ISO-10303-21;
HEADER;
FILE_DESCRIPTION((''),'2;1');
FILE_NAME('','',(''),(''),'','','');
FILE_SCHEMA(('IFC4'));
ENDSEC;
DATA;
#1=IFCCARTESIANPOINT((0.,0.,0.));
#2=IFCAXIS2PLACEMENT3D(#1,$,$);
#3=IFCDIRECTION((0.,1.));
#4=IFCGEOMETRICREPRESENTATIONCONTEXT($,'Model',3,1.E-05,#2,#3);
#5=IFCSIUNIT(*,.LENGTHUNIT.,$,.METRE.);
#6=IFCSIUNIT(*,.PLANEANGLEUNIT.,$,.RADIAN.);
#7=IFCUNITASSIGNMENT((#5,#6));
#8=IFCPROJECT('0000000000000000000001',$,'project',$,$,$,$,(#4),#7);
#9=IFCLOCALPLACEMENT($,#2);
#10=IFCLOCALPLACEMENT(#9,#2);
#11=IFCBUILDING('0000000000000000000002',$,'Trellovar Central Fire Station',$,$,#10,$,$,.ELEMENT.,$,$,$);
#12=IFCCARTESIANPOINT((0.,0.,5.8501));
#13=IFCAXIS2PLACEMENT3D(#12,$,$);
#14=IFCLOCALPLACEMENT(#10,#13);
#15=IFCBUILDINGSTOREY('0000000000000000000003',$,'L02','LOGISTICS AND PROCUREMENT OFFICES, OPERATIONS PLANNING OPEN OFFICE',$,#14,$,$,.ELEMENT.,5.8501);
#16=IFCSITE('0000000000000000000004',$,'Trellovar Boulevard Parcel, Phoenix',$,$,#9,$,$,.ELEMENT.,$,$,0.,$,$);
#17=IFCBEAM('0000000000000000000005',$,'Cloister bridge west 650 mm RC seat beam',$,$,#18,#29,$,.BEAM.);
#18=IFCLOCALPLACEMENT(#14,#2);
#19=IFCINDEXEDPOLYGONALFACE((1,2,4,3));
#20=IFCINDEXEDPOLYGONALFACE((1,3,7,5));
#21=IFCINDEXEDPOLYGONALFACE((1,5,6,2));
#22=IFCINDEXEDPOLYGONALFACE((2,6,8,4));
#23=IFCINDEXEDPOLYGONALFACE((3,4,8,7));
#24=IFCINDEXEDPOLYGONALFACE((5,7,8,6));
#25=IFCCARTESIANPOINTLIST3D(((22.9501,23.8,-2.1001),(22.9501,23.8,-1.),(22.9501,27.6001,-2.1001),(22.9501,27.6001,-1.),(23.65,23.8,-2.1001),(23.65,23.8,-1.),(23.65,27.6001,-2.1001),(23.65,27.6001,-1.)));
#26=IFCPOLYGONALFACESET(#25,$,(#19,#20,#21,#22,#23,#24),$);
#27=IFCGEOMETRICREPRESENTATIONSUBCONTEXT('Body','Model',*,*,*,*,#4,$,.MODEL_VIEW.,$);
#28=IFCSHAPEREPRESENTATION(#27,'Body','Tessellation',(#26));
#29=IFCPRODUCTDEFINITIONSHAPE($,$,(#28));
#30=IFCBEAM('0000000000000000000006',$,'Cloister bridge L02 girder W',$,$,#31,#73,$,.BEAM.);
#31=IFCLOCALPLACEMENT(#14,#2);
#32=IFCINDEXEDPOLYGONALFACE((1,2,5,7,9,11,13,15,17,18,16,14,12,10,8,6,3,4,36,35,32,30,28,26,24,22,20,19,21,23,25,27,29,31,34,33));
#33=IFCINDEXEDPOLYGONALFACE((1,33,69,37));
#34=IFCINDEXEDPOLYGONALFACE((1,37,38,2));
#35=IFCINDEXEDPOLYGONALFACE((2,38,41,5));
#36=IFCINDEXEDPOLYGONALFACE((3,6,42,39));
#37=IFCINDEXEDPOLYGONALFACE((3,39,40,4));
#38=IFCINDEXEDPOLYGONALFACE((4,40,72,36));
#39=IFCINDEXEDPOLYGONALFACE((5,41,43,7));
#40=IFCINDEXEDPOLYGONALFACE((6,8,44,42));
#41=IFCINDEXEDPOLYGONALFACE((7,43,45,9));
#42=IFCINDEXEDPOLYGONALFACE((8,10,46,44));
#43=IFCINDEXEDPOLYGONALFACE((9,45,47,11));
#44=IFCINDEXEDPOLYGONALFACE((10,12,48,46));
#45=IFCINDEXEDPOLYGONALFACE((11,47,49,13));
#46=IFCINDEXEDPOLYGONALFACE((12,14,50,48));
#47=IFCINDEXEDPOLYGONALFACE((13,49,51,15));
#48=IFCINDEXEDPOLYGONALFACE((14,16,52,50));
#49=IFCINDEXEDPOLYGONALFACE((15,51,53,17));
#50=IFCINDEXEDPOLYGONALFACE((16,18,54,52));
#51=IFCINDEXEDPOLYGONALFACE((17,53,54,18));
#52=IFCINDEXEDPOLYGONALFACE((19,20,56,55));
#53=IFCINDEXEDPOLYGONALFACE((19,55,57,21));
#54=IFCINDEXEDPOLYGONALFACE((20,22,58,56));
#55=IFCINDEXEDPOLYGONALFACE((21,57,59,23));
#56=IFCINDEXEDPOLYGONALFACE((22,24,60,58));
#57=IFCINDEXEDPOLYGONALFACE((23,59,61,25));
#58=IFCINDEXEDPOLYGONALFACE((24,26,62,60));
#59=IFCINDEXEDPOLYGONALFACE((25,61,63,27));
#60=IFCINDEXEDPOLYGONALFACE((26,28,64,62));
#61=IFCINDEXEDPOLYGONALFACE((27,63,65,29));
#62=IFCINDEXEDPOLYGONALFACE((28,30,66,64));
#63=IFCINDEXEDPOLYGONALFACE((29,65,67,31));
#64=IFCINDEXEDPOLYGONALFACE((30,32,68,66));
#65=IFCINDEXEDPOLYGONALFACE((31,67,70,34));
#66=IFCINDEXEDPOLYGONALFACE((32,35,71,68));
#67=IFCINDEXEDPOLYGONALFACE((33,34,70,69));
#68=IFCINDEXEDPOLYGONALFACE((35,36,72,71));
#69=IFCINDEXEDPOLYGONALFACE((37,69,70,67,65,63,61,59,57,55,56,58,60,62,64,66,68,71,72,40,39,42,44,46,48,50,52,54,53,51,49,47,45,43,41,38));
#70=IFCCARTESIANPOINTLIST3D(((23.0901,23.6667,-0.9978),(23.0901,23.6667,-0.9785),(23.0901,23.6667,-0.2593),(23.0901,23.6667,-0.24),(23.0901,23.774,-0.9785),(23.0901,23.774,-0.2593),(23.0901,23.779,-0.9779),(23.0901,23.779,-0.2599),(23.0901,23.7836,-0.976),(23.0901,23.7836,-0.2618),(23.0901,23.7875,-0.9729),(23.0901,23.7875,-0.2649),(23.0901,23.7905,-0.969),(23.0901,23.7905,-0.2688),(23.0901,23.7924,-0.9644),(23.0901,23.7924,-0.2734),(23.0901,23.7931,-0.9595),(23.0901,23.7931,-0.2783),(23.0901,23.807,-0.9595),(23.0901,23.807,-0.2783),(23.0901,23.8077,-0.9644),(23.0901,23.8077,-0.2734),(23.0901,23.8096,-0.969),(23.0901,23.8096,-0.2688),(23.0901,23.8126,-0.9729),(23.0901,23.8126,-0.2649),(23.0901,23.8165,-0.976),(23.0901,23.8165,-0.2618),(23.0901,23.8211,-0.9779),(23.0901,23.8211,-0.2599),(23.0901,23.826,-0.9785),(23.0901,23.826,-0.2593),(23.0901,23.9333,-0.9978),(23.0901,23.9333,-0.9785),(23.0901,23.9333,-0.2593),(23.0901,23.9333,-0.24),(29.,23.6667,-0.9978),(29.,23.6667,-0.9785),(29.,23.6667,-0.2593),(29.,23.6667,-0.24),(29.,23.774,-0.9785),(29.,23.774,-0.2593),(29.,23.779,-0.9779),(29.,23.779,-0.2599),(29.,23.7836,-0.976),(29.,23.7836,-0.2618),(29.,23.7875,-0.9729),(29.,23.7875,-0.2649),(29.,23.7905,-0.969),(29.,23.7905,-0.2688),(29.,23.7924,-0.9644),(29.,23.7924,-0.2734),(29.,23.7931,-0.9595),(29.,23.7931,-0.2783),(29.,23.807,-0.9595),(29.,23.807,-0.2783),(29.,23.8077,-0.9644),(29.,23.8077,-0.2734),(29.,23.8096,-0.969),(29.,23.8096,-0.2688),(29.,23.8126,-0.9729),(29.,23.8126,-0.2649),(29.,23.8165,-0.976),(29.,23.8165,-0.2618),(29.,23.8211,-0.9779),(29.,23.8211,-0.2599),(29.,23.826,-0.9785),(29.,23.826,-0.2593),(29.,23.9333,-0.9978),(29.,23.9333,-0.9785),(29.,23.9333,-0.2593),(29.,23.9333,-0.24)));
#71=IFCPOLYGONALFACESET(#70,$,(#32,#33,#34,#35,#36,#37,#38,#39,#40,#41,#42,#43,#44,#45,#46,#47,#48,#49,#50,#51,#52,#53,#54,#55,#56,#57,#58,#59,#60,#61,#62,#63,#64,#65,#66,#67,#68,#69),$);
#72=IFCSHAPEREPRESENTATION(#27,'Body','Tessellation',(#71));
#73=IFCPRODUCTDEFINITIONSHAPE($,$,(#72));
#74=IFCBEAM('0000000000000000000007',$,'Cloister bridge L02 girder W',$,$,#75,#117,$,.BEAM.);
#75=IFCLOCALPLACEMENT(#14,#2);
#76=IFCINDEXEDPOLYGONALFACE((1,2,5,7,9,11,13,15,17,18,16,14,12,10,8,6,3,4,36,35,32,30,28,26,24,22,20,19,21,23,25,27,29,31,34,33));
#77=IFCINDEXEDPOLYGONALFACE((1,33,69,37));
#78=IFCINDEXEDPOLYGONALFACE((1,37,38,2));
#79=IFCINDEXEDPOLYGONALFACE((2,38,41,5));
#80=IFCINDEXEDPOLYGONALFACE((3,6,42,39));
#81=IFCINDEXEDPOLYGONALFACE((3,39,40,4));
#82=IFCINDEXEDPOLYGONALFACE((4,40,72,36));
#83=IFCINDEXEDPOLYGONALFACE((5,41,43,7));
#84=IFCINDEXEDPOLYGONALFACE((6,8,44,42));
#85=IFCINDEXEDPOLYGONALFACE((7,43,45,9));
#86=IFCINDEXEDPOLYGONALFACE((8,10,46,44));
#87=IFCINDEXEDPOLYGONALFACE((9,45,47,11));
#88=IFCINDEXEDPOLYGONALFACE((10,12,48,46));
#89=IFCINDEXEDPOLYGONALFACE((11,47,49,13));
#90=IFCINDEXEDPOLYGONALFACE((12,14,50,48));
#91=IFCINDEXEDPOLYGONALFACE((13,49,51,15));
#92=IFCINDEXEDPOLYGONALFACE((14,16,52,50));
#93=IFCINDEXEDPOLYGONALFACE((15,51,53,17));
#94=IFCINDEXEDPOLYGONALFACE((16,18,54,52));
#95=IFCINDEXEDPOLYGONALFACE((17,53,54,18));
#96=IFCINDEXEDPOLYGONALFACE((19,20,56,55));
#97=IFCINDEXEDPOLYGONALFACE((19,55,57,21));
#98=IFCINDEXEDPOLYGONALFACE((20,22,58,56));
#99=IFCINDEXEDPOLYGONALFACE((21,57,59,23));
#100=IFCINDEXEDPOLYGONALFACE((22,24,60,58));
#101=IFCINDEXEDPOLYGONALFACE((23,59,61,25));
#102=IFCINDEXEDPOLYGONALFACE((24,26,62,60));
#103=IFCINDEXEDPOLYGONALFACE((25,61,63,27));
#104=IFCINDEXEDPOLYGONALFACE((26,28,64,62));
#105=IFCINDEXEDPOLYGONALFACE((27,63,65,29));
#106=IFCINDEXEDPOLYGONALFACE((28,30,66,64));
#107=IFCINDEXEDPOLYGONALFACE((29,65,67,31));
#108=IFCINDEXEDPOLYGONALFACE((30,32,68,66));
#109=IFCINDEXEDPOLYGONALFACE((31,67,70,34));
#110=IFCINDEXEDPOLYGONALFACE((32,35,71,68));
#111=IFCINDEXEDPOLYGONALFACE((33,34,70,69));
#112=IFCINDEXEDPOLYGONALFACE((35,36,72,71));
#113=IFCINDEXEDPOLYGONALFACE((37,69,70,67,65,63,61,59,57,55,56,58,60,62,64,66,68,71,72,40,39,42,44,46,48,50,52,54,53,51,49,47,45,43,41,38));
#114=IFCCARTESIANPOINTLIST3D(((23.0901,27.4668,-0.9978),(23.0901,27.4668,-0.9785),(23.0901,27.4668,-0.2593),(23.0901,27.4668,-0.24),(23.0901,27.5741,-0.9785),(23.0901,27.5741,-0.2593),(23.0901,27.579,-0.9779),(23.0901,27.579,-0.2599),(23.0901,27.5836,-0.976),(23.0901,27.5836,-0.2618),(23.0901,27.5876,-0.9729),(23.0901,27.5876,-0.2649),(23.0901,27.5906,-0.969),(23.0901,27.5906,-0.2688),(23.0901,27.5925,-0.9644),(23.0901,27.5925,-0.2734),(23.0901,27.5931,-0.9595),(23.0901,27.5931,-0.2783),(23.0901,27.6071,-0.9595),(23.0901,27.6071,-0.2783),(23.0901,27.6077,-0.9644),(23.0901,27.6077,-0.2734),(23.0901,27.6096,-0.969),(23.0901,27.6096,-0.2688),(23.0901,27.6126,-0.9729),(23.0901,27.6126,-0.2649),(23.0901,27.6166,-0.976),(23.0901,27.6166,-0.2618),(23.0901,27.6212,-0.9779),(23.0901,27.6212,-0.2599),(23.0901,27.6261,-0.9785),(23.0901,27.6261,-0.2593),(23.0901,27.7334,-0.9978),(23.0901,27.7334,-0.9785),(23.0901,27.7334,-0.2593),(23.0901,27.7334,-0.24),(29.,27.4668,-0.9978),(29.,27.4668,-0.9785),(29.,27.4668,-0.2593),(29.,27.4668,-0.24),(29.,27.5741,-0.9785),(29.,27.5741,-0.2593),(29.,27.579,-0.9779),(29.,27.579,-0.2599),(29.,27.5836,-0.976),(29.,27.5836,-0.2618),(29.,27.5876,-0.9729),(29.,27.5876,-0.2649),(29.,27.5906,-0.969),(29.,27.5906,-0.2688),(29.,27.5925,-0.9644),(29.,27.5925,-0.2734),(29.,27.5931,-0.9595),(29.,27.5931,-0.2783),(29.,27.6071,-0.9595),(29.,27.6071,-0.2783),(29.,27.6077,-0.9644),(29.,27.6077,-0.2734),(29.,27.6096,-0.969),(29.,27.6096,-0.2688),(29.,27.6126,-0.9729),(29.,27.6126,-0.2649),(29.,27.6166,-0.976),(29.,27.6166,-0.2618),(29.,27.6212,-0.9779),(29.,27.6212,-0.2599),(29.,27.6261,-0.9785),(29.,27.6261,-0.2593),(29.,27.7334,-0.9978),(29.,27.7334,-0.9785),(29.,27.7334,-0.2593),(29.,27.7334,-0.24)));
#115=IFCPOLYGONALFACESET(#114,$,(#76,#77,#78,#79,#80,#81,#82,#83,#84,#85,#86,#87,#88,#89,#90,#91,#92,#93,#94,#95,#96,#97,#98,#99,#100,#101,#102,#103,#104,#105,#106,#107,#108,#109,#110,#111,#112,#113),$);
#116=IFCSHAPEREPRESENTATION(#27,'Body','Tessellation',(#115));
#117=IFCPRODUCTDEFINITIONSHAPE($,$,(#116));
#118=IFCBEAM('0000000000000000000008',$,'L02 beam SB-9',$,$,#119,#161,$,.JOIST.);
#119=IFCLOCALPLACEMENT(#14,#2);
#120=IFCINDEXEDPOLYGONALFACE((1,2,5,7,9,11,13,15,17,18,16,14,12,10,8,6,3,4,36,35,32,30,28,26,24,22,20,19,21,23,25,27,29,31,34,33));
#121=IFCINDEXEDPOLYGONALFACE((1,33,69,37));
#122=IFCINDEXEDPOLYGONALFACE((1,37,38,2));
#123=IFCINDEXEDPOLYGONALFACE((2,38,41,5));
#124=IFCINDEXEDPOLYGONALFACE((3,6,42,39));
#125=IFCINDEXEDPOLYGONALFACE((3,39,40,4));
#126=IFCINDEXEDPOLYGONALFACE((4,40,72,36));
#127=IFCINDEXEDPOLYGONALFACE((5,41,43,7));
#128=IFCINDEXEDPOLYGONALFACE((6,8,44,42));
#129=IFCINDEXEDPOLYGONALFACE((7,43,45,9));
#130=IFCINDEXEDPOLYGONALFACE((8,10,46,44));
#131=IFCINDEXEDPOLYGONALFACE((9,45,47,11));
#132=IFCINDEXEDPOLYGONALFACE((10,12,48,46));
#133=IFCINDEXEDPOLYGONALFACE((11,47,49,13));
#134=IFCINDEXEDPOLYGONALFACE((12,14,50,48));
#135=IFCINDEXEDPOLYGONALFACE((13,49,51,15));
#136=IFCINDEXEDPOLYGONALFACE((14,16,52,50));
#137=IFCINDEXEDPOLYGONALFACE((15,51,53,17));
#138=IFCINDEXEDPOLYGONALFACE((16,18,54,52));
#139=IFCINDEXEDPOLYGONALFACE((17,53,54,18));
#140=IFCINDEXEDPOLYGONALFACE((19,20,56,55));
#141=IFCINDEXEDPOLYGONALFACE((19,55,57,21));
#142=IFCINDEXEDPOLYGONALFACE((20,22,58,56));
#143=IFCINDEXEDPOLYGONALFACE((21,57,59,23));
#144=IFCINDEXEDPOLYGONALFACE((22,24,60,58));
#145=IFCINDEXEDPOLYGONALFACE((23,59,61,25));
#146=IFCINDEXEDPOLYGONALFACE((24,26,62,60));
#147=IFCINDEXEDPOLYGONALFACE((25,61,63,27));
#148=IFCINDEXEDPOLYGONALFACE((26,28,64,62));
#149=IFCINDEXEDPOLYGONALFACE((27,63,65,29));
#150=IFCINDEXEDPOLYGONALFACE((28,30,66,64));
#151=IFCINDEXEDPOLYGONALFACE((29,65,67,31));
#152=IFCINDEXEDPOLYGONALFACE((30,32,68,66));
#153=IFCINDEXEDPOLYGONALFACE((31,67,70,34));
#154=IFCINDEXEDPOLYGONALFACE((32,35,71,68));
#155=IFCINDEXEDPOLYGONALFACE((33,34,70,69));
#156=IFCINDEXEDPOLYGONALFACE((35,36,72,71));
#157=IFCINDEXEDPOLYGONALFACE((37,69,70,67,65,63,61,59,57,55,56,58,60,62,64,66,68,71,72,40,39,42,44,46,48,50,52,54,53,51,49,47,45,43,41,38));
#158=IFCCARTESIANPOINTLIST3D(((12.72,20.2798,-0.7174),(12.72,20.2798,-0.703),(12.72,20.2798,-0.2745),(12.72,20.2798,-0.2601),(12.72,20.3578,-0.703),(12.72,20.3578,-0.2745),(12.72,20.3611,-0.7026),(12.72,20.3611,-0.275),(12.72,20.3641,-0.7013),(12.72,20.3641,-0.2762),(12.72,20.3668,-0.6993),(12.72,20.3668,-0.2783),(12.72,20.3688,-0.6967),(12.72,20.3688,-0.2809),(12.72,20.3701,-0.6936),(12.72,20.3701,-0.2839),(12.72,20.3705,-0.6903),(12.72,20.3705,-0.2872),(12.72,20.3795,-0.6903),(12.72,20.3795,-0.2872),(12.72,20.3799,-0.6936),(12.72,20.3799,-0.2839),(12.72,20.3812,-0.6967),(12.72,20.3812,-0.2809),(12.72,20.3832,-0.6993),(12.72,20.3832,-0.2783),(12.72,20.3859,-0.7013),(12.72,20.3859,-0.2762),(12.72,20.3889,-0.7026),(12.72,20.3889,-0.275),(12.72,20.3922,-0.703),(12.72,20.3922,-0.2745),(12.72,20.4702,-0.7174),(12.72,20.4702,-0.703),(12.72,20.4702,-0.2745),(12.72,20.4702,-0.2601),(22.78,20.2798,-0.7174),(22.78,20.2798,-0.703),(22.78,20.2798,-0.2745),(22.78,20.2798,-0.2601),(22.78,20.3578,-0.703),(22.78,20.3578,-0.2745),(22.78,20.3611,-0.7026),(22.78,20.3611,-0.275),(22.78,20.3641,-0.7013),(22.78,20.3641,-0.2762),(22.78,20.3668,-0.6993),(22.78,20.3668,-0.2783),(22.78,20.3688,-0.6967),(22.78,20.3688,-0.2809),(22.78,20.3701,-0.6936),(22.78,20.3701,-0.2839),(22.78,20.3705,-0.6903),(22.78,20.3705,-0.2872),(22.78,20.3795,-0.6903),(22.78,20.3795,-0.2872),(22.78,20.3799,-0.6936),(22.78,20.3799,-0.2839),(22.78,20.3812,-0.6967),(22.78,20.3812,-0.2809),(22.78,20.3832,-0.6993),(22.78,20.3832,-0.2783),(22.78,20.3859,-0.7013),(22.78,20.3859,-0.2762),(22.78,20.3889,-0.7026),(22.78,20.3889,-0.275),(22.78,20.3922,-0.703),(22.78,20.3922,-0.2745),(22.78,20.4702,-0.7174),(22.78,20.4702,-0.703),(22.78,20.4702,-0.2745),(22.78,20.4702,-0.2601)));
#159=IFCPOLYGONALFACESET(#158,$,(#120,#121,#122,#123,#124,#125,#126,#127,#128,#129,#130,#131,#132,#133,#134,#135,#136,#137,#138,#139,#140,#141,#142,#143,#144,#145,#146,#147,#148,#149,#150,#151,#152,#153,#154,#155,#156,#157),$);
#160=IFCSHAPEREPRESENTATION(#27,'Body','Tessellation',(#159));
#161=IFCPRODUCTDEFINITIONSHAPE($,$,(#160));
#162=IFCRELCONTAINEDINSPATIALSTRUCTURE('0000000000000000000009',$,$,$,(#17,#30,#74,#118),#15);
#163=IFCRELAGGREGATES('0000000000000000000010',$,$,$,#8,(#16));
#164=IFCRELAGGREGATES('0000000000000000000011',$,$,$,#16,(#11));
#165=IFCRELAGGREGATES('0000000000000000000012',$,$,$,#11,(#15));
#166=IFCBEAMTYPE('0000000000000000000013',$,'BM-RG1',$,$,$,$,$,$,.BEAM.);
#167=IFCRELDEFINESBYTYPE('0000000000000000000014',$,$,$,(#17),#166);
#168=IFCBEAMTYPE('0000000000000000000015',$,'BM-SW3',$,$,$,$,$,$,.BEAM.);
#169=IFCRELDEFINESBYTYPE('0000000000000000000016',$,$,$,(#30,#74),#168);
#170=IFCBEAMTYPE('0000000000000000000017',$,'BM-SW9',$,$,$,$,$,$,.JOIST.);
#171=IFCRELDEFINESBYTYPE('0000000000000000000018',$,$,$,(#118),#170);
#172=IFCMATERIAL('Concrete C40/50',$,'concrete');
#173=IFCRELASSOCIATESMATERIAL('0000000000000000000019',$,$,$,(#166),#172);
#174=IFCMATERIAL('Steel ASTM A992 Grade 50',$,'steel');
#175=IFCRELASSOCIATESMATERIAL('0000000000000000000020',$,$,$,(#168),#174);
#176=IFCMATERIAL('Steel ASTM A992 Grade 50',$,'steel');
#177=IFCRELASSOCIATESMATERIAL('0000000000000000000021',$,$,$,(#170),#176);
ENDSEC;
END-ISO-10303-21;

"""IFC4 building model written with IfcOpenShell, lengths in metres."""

from ifc_helpers import new_model, si_unit, direction, frame, origin, origin_2d, place, context, subcontext, project, spatial, rectangle, i_section, extrude, material, material_profile, profile_set, type_object, element, save


model = new_model("IFC4")

# Units and contexts
model_context = context("Model", 3, precision=1e-05, world=origin(), true_north=direction((0.0, 1.0)))
body_context = subcontext(model_context, "Body", "Model", "MODEL_VIEW")
ifc_project = project(units=[si_unit("LENGTHUNIT", "METRE"), si_unit("PLANEANGLEUNIT", "RADIAN")], contexts=[model_context])

# Site, building, storey
site_placement = place(None, origin())
site = spatial("IfcSite", under=ifc_project, at=site_placement, Name="Trellovar Boulevard Parcel, Phoenix", CompositionType="ELEMENT", RefElevation=0.0)
building_placement = place(site_placement, origin())
building = spatial("IfcBuilding", under=site, at=building_placement, Name="Trellovar Central Fire Station", CompositionType="ELEMENT")
storey_placement = place(building_placement, frame((0.0, 0.0, 5.8501)))
storey = spatial("IfcBuildingStorey", under=building, at=storey_placement, Name="L02", Description="LOGISTICS AND PROCUREMENT OFFICES, OPERATIONS PLANNING OPEN OFFICE", CompositionType="ELEMENT", Elevation=5.8501)

# Beams
ifc_material_1 = material(Name="Concrete C40/50", Category="concrete")
ifc_material_profile_1 = material_profile(ifc_material_1, rectangle(XDim=0.7, YDim=1.1001, at=origin_2d()), Name="RC700X1100")
ifc_profile_set_1 = profile_set([ifc_material_profile_1], Name="Concrete C40/50")
beam_type_1 = type_object("IfcBeamType", Name="BM-RG1", PredefinedType="BEAM", material=ifc_profile_set_1)
beam_placement = place(storey_placement, frame((23.3, 23.8, -1.55), z_axis=(0.0, 1.0, 0.0), x_axis=(-1.0, 0.0, 0.0)))
element("IfcBeam", 1, at=beam_placement, inside=storey, type_object=beam_type_1, Name="Cloister bridge west 650 mm RC seat beam", PredefinedType="BEAM", context=body_context, shape_type="SweptSolid", body=[
    extrude(rectangle(XDim=0.7, YDim=1.1001, at=origin_2d()), origin(), (0.0, 0.0, 1.0), 3.8),
])
ifc_material_2 = material(Name="Steel ASTM A992 Grade 50", Category="steel")
ifc_material_profile_2 = material_profile(ifc_material_2, i_section(OverallWidth=0.2666, OverallDepth=0.7578, WebThickness=0.0139, FlangeThickness=0.0193, FilletRadius=0.019, at=origin_2d()), Name="W30X108")
ifc_profile_set_2 = profile_set([ifc_material_profile_2], Name="Steel ASTM A992 Grade 50")
beam_type_2 = type_object("IfcBeamType", Name="BM-SW3", PredefinedType="BEAM", material=ifc_profile_set_2)
for number, where, z_axis, x_axis, name in (
    (2, (23.0901, 23.8, -0.6189), (1.0, 0.0, 0.0), (0.0, 1.0, 0.0), "Cloister bridge L02 girder W"),
    (3, (23.0901, 27.6001, -0.6189), (1.0, 0.0, 0.0), (0.0, 1.0, 0.0), "Cloister bridge L02 girder W"),
):
    element("IfcBeam", number, at=place(storey_placement, frame(where, z_axis=z_axis, x_axis=x_axis)), inside=storey, type_object=beam_type_2, Name=name, PredefinedType="BEAM", context=body_context, shape_type="SweptSolid", body=[
        extrude(i_section(OverallWidth=0.2666, OverallDepth=0.7578, WebThickness=0.0139, FlangeThickness=0.0193, FilletRadius=0.019, at=origin_2d()), origin(), (0.0, 0.0, 1.0), 5.9099),
    ])
ifc_material_3 = material(Name="Steel ASTM A992 Grade 50", Category="steel")
ifc_material_profile_3 = material_profile(ifc_material_3, i_section(OverallWidth=0.1904, OverallDepth=0.4573, WebThickness=0.009, FlangeThickness=0.0144, FilletRadius=0.0127, at=origin_2d()), Name="W18X50")
ifc_profile_set_3 = profile_set([ifc_material_profile_3], Name="Steel ASTM A992 Grade 50")
beam_type_3 = type_object("IfcBeamType", Name="BM-SW9", PredefinedType="JOIST", material=ifc_profile_set_3)
for number, where, z_axis, x_axis, name in (
    (4, (12.72, 20.375, -0.4888), (1.0, 0.0, 0.0), (0.0, 1.0, 0.0), "L02 beam SB-9"),
):
    element("IfcBeam", number, at=place(storey_placement, frame(where, z_axis=z_axis, x_axis=x_axis)), inside=storey, type_object=beam_type_3, Name=name, PredefinedType="JOIST", context=body_context, shape_type="SweptSolid", body=[
        extrude(i_section(OverallWidth=0.1904, OverallDepth=0.4573, WebThickness=0.009, FlangeThickness=0.0144, FilletRadius=0.0127, at=origin_2d()), origin(), (0.0, 0.0, 1.0), 10.0601),
    ])

save(model, "model.ifc")
